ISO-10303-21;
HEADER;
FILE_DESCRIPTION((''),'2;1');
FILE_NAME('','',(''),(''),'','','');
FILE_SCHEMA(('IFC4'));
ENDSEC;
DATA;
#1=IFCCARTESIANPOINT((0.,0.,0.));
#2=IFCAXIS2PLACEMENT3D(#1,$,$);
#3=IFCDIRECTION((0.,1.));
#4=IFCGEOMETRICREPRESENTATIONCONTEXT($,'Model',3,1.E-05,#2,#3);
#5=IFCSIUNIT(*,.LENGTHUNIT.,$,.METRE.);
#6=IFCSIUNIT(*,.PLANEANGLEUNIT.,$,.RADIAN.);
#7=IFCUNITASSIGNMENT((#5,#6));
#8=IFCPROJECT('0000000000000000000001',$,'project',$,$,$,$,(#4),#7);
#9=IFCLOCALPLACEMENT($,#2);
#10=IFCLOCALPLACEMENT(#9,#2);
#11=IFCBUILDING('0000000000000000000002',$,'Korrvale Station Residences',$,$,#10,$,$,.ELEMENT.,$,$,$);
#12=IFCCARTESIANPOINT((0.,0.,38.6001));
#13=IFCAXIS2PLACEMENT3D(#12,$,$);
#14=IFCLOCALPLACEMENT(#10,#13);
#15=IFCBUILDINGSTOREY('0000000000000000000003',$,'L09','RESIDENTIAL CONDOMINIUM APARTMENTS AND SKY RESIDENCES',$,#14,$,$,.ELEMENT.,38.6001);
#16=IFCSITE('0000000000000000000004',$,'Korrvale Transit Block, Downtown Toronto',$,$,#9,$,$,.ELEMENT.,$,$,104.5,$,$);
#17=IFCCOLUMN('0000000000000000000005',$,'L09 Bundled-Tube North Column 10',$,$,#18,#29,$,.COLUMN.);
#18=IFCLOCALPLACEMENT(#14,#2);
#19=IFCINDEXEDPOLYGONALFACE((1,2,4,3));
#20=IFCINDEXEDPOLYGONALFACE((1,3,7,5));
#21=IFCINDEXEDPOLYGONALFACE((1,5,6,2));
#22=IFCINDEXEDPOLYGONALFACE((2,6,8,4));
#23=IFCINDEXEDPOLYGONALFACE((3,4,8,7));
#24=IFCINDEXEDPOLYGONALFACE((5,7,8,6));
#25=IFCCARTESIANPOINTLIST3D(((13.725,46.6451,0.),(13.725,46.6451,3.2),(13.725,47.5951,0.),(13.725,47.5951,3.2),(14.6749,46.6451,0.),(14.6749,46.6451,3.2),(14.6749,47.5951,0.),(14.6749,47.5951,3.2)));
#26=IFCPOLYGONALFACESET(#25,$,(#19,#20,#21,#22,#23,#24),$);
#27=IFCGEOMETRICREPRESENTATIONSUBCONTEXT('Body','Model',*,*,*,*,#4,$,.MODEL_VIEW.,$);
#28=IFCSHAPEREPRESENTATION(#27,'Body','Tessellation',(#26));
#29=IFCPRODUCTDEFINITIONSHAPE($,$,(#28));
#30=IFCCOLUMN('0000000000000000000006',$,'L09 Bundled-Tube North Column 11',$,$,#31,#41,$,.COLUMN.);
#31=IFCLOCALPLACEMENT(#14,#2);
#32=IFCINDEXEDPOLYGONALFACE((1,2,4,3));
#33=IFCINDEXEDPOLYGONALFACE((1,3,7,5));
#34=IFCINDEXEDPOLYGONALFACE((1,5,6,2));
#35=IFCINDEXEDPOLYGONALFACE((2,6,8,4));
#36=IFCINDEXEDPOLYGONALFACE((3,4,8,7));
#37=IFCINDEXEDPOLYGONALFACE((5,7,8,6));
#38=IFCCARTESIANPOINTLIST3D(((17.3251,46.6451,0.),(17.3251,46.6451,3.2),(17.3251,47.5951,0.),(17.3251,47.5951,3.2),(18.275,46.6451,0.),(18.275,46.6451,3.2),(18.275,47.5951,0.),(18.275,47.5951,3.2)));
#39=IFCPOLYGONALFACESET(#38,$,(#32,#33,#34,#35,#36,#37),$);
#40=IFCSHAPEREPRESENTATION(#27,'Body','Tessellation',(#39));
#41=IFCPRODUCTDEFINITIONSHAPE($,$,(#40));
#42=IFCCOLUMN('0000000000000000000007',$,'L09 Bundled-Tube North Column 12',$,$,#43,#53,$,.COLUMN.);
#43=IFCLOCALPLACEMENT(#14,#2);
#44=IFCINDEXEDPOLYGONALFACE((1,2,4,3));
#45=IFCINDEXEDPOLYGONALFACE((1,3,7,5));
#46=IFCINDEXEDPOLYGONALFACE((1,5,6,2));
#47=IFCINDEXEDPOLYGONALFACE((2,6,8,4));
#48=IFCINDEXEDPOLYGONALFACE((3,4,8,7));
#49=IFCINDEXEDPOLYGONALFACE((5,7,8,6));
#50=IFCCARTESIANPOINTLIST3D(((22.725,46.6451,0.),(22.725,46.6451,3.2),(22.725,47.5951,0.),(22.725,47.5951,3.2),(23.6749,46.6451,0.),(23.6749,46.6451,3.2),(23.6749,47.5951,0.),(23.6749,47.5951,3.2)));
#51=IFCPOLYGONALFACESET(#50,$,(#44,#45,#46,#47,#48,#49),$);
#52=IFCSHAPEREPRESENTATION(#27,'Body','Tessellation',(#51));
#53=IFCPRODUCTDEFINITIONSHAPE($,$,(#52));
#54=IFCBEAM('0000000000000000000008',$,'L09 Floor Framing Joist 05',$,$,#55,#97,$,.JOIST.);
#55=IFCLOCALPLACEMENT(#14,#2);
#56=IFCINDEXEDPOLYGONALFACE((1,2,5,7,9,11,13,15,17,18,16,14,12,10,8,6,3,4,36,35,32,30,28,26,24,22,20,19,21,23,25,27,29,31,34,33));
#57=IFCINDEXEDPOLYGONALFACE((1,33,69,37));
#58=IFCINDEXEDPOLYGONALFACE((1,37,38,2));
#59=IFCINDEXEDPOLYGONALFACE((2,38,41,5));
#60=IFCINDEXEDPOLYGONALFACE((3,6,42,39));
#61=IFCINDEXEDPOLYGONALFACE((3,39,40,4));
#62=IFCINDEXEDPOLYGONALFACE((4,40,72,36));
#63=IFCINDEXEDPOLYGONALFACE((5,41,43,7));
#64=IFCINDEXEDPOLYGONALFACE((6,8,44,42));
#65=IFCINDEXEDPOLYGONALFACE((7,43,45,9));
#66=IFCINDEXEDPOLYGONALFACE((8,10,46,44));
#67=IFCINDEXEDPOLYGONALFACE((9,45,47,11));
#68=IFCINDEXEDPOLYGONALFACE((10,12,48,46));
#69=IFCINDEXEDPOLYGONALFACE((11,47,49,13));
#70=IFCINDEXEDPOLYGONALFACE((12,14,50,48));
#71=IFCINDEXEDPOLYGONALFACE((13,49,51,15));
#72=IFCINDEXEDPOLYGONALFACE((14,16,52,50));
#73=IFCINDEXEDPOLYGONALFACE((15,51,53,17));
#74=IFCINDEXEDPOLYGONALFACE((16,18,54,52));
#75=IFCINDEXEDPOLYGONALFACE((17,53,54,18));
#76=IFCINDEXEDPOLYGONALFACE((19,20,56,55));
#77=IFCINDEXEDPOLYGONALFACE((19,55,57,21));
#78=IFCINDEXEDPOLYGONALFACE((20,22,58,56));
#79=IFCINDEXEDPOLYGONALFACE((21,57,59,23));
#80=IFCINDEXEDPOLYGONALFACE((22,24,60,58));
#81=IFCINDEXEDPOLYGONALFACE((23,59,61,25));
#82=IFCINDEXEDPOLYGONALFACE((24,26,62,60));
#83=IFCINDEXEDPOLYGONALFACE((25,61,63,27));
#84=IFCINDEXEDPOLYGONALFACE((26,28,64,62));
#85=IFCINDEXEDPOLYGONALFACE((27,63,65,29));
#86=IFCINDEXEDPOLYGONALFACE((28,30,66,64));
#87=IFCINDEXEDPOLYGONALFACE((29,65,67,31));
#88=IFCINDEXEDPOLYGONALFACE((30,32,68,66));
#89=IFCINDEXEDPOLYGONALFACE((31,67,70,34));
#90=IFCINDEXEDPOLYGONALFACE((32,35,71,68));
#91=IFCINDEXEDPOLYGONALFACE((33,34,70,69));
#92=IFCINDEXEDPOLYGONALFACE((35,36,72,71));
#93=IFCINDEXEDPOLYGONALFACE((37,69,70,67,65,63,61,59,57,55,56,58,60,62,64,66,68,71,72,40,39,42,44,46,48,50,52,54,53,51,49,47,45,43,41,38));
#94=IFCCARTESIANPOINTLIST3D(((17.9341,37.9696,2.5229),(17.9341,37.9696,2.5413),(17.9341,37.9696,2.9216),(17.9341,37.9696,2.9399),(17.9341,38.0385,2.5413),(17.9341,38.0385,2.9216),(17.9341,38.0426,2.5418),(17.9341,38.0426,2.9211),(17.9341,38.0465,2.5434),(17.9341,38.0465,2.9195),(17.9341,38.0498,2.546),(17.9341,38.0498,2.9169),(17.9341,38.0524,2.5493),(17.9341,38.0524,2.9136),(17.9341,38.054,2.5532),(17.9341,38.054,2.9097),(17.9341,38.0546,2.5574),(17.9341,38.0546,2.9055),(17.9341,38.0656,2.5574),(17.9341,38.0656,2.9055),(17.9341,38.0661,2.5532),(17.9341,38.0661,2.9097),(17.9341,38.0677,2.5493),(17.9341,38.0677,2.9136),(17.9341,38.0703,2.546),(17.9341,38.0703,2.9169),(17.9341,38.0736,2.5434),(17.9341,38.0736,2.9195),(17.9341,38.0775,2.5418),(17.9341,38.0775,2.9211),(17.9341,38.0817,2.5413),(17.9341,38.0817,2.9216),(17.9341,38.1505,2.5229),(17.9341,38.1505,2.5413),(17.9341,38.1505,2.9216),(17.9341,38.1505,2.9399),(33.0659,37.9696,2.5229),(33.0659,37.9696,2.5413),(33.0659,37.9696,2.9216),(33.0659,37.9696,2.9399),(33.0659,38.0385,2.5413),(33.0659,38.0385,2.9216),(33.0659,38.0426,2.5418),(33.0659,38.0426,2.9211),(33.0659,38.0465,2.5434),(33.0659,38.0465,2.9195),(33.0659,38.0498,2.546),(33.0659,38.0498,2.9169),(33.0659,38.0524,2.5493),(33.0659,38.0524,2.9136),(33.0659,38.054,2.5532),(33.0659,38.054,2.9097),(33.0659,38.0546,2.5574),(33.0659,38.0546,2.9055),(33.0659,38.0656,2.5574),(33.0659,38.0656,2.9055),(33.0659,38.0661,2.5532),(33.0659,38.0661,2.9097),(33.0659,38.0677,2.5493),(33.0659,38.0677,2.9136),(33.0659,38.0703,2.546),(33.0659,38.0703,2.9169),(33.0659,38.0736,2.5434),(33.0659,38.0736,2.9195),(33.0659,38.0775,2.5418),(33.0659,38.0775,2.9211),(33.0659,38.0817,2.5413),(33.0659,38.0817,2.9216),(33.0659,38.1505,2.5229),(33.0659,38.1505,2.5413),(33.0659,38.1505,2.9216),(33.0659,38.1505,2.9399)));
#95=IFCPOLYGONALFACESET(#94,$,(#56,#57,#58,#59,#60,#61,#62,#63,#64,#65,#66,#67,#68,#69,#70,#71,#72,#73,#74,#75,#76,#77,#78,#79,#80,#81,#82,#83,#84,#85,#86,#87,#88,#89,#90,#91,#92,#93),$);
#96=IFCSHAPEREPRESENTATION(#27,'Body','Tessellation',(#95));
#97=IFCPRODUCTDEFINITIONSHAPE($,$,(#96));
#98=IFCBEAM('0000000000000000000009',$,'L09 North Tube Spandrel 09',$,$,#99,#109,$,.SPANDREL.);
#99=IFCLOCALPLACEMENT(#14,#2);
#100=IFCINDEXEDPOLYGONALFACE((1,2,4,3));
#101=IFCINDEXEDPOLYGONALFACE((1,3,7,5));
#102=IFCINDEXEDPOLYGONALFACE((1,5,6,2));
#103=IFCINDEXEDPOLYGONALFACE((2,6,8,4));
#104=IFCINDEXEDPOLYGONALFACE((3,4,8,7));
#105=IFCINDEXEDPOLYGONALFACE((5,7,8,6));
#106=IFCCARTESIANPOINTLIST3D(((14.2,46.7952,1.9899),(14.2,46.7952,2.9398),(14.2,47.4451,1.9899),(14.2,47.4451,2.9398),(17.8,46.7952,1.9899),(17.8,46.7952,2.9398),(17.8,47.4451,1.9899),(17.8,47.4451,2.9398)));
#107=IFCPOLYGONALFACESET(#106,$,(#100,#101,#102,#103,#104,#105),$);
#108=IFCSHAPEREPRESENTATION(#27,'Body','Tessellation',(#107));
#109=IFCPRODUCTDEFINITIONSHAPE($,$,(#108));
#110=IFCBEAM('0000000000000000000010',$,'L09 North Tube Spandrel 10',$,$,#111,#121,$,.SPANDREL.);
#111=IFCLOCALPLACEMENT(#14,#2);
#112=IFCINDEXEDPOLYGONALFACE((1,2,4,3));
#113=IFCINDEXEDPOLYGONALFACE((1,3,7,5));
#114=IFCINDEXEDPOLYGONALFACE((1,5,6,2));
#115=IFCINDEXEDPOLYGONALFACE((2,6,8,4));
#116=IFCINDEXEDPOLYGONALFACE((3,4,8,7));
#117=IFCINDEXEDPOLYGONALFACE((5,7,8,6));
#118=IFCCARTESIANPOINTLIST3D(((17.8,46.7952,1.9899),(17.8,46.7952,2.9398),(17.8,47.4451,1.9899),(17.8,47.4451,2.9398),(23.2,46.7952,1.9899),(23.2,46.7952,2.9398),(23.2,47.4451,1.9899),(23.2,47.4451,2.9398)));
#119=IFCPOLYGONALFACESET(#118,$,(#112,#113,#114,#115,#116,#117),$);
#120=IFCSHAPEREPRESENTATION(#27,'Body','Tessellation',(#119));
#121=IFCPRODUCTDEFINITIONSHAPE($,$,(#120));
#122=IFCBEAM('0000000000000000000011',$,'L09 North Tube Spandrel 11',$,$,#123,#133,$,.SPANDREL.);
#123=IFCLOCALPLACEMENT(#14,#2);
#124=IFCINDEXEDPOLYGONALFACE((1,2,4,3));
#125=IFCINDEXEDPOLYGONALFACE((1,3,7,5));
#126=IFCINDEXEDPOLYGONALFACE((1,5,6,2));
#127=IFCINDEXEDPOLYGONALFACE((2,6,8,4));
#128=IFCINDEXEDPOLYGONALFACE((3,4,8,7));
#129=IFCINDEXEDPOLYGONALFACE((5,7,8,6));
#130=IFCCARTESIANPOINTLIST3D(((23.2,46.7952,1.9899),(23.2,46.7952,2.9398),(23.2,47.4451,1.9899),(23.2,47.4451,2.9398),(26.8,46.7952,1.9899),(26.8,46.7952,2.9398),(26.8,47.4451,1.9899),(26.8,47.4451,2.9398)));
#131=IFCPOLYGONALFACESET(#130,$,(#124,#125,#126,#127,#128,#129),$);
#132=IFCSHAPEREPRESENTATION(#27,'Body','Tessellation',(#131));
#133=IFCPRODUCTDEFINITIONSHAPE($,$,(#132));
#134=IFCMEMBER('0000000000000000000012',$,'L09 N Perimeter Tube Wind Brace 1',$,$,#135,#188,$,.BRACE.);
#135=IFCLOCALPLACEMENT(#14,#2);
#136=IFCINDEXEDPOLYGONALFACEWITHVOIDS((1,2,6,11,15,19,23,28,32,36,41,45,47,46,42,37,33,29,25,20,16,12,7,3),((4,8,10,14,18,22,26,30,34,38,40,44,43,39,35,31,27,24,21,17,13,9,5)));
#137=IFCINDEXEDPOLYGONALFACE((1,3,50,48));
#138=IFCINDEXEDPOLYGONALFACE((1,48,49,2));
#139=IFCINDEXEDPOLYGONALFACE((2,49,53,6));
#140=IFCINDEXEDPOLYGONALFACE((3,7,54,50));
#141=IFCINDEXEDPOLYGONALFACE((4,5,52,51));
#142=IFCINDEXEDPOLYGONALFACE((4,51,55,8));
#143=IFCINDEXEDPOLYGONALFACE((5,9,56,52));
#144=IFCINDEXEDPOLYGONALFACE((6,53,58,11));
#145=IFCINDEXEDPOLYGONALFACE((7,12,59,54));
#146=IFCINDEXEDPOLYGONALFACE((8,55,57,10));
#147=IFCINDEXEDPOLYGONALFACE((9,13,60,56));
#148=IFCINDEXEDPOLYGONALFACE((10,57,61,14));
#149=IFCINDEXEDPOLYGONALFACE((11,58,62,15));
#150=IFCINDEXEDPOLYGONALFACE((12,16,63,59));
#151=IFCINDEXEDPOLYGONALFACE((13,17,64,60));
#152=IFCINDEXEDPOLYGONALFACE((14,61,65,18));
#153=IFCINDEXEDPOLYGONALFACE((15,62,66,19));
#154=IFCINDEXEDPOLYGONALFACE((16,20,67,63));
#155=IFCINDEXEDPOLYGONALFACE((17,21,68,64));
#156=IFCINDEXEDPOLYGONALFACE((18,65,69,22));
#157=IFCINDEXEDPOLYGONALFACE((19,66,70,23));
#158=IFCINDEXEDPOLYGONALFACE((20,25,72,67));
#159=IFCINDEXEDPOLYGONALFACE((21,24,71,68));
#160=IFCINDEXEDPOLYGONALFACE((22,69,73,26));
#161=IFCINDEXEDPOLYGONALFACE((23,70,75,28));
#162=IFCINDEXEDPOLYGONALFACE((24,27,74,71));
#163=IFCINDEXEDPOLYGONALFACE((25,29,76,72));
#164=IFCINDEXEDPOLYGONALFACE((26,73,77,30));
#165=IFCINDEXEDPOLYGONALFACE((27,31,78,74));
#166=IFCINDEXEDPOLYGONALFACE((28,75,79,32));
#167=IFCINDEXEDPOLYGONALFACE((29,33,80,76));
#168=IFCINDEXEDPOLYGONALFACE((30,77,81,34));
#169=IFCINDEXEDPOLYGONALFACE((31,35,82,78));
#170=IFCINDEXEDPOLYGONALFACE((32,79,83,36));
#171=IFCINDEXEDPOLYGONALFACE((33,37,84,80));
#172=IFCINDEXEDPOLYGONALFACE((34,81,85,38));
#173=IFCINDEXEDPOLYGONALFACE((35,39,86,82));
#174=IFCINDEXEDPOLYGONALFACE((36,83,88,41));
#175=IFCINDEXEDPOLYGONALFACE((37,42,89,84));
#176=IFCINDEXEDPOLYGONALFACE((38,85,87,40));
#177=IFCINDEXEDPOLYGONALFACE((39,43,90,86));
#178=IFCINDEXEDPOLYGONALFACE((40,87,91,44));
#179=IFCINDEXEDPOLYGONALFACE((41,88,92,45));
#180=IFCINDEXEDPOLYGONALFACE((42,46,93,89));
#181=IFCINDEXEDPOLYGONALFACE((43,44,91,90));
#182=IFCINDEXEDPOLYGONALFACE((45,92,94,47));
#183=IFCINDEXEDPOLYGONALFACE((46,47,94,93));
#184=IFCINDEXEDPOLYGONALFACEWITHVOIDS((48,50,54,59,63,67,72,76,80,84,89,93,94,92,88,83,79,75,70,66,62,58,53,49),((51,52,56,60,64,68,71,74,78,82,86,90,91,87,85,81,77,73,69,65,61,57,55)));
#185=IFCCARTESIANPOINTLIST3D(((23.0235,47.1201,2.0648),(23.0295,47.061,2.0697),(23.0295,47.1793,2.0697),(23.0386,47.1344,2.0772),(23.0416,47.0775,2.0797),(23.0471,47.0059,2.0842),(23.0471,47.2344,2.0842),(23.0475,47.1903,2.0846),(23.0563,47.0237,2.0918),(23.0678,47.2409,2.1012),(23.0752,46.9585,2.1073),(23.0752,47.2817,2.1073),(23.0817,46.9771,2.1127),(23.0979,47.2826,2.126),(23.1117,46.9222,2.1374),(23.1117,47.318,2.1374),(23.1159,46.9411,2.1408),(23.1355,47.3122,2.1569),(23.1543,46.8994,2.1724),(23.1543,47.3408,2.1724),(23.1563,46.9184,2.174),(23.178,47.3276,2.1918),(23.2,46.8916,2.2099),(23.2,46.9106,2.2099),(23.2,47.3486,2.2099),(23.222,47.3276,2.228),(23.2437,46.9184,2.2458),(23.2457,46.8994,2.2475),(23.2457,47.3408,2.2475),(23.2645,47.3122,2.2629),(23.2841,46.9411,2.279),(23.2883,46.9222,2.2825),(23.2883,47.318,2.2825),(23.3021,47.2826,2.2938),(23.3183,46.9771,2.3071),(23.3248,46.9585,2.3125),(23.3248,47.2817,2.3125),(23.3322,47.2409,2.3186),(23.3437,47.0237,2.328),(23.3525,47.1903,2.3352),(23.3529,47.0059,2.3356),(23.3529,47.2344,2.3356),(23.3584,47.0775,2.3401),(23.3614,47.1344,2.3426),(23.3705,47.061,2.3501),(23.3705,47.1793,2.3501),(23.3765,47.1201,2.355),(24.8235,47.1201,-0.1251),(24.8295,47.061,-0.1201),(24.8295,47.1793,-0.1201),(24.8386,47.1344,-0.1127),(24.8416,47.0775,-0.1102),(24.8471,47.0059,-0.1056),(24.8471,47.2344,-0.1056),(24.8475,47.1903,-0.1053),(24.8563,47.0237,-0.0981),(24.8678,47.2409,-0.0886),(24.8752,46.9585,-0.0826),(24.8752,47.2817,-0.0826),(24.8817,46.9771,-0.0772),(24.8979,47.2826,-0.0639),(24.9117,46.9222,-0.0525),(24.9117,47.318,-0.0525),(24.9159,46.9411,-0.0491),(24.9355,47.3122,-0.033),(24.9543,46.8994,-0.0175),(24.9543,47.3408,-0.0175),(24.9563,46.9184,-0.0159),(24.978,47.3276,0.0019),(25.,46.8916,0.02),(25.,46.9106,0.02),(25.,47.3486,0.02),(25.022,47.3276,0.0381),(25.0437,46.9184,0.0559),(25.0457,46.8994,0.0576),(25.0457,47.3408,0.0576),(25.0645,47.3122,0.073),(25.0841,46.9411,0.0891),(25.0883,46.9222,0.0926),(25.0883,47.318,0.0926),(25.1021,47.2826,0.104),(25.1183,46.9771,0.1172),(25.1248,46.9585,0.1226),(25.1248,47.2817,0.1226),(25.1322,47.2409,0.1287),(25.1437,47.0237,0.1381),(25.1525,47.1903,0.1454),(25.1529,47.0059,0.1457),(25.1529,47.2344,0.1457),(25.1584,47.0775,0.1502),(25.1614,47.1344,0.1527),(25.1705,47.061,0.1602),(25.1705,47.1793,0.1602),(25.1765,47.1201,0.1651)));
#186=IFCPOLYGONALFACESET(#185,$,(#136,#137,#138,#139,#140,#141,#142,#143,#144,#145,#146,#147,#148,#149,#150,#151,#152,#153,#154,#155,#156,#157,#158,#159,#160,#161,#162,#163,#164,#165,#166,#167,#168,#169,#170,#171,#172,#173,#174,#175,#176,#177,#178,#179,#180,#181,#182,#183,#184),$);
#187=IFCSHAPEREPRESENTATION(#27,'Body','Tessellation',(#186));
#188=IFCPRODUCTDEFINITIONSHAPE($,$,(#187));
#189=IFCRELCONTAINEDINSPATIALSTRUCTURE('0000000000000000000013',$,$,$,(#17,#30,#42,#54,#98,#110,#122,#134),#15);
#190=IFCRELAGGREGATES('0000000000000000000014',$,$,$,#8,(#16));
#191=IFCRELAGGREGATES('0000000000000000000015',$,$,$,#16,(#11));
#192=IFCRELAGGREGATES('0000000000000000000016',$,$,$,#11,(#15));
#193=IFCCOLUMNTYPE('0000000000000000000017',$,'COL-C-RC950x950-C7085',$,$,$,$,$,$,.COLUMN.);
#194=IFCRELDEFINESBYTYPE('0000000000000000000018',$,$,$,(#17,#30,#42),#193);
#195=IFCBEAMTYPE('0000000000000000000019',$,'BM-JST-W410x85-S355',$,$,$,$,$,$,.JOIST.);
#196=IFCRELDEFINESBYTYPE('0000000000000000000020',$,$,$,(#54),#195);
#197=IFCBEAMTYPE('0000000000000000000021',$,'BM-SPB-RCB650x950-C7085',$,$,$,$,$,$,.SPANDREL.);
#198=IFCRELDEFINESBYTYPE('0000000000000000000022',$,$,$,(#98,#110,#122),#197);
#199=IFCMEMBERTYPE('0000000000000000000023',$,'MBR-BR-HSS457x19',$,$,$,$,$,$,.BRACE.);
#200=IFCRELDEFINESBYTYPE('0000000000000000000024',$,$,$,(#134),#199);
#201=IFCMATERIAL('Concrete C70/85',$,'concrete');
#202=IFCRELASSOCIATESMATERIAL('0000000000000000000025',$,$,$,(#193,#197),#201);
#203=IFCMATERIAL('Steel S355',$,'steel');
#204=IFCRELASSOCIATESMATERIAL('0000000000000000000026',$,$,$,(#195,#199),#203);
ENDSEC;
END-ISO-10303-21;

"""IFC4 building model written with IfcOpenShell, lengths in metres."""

from ifc_helpers import new_model, si_unit, direction, frame, origin, origin_2d, place, context, subcontext, project, spatial, rectangle, hollow_circle, i_section, extrude, material, material_profile, profile_set, type_object, element, save


model = new_model("IFC4")

# Units and contexts
model_context = context("Model", 3, precision=1e-05, world=origin(), true_north=direction((0.0, 1.0)))
body_context = subcontext(model_context, "Body", "Model", "MODEL_VIEW")
ifc_project = project(units=[si_unit("LENGTHUNIT", "METRE"), si_unit("PLANEANGLEUNIT", "RADIAN")], contexts=[model_context])

# Site, building, storey
site_placement = place(None, origin())
site = spatial("IfcSite", under=ifc_project, at=site_placement, Name="Korrvale Transit Block, Downtown Toronto", CompositionType="ELEMENT", RefElevation=104.5)
building_placement = place(site_placement, origin())
building = spatial("IfcBuilding", under=site, at=building_placement, Name="Korrvale Station Residences", CompositionType="ELEMENT")
storey_placement = place(building_placement, frame((0.0, 0.0, 38.6001)))
storey = spatial("IfcBuildingStorey", under=building, at=storey_placement, Name="L09", Description="RESIDENTIAL CONDOMINIUM APARTMENTS AND SKY RESIDENCES", CompositionType="ELEMENT", Elevation=38.6001)

# Columns
ifc_material_1 = material(Name="Concrete C70/85", Category="concrete")
ifc_material_profile_1 = material_profile(ifc_material_1, rectangle(XDim=0.95, YDim=0.95, at=origin_2d()), Name="RC950x950")
ifc_profile_set_1 = profile_set([ifc_material_profile_1], Name="Concrete C70/85")
column_type = type_object("IfcColumnType", Name="COL-C-RC950x950-C7085", PredefinedType="COLUMN", material=ifc_profile_set_1)
for number, where, z_axis, x_axis, name in (
    (1, (14.2, 47.1201, 0.0), (0.0, 0.0, 1.0), (1.0, 0.0, 0.0), "L09 Bundled-Tube North Column 10"),
    (2, (17.8, 47.1201, 0.0), (0.0, 0.0, 1.0), (1.0, 0.0, 0.0), "L09 Bundled-Tube North Column 11"),
    (3, (23.2, 47.1201, 0.0), (0.0, 0.0, 1.0), (1.0, 0.0, 0.0), "L09 Bundled-Tube North Column 12"),
):
    element("IfcColumn", number, at=place(storey_placement, frame(where, z_axis=z_axis, x_axis=x_axis)), inside=storey, type_object=column_type, Name=name, PredefinedType="COLUMN", context=body_context, shape_type="SweptSolid", body=[
        extrude(rectangle(XDim=0.95, YDim=0.95, at=origin_2d()), origin(), (0.0, 0.0, 1.0), 3.2),
    ])

# Beams
ifc_material_2 = material(Name="Steel S355", Category="steel")
ifc_material_profile_2 = material_profile(ifc_material_2, i_section(OverallWidth=0.1809, OverallDepth=0.417, WebThickness=0.011, FlangeThickness=0.0183, FilletRadius=0.0161, at=origin_2d()), Name="W410x85")
ifc_profile_set_2 = profile_set([ifc_material_profile_2], Name="Steel S355")
beam_type_1 = type_object("IfcBeamType", Name="BM-JST-W410x85-S355", PredefinedType="JOIST", material=ifc_profile_set_2)
beam_1_placement = place(storey_placement, frame((17.9341, 38.0601, 2.7314), z_axis=(1.0, 0.0, 0.0), x_axis=(0.0, 1.0, 0.0)))
element("IfcBeam", 4, at=beam_1_placement, inside=storey, type_object=beam_type_1, Name="L09 Floor Framing Joist 05", PredefinedType="JOIST", context=body_context, shape_type="SweptSolid", body=[
    extrude(i_section(OverallWidth=0.1809, OverallDepth=0.417, WebThickness=0.011, FlangeThickness=0.0183, FilletRadius=0.0161, at=origin_2d()), origin(), (0.0, 0.0, 1.0), 15.1318),
])
ifc_material_profile_3 = material_profile(ifc_material_1, rectangle(XDim=0.6499, YDim=0.95, at=origin_2d()), Name="RCB650x950")
ifc_profile_set_3 = profile_set([ifc_material_profile_3], Name="Concrete C70/85")
beam_type_2 = type_object("IfcBeamType", Name="BM-SPB-RCB650x950-C7085", PredefinedType="SPANDREL", material=ifc_profile_set_3)
beam_2_placement = place(storey_placement, frame((14.2, 47.1201, 2.4648), z_axis=(1.0, 0.0, 0.0), x_axis=(0.0, 1.0, 0.0)))
element("IfcBeam", 5, at=beam_2_placement, inside=storey, type_object=beam_type_2, Name="L09 North Tube Spandrel 09", PredefinedType="SPANDREL", context=body_context, shape_type="SweptSolid", body=[
    extrude(rectangle(XDim=0.6499, YDim=0.95, at=origin_2d()), origin(), (0.0, 0.0, 1.0), 3.6001),
])
beam_3_placement = place(storey_placement, frame((17.8, 47.1201, 2.4648), z_axis=(1.0, 0.0, 0.0), x_axis=(0.0, 1.0, 0.0)))
element("IfcBeam", 6, at=beam_3_placement, inside=storey, type_object=beam_type_2, Name="L09 North Tube Spandrel 10", PredefinedType="SPANDREL", context=body_context, shape_type="SweptSolid", body=[
    extrude(rectangle(XDim=0.6499, YDim=0.95, at=origin_2d()), origin(), (0.0, 0.0, 1.0), 5.3999),
])
beam_4_placement = place(storey_placement, frame((23.2, 47.1201, 2.4648), z_axis=(1.0, 0.0, 0.0), x_axis=(0.0, 1.0, 0.0)))
element("IfcBeam", 7, at=beam_4_placement, inside=storey, type_object=beam_type_2, Name="L09 North Tube Spandrel 11", PredefinedType="SPANDREL", context=body_context, shape_type="SweptSolid", body=[
    extrude(rectangle(XDim=0.6499, YDim=0.95, at=origin_2d()), origin(), (0.0, 0.0, 1.0), 3.6001),
])

# Member
ifc_material_profile_4 = material_profile(ifc_material_2, hollow_circle(Radius=0.2285, WallThickness=0.019, at=origin_2d()), Name="HSS457x19")
ifc_profile_set_4 = profile_set([ifc_material_profile_4], Name="Steel S355")
member_type = type_object("IfcMemberType", Name="MBR-BR-HSS457x19", PredefinedType="BRACE", material=ifc_profile_set_4)
for number, where, z_axis, x_axis, name in (
    (8, (25.0, 47.1201, 0.02), (-0.634985, 0.0, 0.772524), (0.0, -1.0, 0.0), "L09 N Perimeter Tube Wind Brace 1"),
):
    element("IfcMember", number, at=place(storey_placement, frame(where, z_axis=z_axis, x_axis=x_axis)), inside=storey, type_object=member_type, Name=name, PredefinedType="BRACE", context=body_context, shape_type="SweptSolid", body=[
        extrude(hollow_circle(Radius=0.2285, WallThickness=0.019, at=origin_2d()), origin(), (0.0, 0.0, 1.0), 2.8347),
    ])

save(model, "model.ifc")
